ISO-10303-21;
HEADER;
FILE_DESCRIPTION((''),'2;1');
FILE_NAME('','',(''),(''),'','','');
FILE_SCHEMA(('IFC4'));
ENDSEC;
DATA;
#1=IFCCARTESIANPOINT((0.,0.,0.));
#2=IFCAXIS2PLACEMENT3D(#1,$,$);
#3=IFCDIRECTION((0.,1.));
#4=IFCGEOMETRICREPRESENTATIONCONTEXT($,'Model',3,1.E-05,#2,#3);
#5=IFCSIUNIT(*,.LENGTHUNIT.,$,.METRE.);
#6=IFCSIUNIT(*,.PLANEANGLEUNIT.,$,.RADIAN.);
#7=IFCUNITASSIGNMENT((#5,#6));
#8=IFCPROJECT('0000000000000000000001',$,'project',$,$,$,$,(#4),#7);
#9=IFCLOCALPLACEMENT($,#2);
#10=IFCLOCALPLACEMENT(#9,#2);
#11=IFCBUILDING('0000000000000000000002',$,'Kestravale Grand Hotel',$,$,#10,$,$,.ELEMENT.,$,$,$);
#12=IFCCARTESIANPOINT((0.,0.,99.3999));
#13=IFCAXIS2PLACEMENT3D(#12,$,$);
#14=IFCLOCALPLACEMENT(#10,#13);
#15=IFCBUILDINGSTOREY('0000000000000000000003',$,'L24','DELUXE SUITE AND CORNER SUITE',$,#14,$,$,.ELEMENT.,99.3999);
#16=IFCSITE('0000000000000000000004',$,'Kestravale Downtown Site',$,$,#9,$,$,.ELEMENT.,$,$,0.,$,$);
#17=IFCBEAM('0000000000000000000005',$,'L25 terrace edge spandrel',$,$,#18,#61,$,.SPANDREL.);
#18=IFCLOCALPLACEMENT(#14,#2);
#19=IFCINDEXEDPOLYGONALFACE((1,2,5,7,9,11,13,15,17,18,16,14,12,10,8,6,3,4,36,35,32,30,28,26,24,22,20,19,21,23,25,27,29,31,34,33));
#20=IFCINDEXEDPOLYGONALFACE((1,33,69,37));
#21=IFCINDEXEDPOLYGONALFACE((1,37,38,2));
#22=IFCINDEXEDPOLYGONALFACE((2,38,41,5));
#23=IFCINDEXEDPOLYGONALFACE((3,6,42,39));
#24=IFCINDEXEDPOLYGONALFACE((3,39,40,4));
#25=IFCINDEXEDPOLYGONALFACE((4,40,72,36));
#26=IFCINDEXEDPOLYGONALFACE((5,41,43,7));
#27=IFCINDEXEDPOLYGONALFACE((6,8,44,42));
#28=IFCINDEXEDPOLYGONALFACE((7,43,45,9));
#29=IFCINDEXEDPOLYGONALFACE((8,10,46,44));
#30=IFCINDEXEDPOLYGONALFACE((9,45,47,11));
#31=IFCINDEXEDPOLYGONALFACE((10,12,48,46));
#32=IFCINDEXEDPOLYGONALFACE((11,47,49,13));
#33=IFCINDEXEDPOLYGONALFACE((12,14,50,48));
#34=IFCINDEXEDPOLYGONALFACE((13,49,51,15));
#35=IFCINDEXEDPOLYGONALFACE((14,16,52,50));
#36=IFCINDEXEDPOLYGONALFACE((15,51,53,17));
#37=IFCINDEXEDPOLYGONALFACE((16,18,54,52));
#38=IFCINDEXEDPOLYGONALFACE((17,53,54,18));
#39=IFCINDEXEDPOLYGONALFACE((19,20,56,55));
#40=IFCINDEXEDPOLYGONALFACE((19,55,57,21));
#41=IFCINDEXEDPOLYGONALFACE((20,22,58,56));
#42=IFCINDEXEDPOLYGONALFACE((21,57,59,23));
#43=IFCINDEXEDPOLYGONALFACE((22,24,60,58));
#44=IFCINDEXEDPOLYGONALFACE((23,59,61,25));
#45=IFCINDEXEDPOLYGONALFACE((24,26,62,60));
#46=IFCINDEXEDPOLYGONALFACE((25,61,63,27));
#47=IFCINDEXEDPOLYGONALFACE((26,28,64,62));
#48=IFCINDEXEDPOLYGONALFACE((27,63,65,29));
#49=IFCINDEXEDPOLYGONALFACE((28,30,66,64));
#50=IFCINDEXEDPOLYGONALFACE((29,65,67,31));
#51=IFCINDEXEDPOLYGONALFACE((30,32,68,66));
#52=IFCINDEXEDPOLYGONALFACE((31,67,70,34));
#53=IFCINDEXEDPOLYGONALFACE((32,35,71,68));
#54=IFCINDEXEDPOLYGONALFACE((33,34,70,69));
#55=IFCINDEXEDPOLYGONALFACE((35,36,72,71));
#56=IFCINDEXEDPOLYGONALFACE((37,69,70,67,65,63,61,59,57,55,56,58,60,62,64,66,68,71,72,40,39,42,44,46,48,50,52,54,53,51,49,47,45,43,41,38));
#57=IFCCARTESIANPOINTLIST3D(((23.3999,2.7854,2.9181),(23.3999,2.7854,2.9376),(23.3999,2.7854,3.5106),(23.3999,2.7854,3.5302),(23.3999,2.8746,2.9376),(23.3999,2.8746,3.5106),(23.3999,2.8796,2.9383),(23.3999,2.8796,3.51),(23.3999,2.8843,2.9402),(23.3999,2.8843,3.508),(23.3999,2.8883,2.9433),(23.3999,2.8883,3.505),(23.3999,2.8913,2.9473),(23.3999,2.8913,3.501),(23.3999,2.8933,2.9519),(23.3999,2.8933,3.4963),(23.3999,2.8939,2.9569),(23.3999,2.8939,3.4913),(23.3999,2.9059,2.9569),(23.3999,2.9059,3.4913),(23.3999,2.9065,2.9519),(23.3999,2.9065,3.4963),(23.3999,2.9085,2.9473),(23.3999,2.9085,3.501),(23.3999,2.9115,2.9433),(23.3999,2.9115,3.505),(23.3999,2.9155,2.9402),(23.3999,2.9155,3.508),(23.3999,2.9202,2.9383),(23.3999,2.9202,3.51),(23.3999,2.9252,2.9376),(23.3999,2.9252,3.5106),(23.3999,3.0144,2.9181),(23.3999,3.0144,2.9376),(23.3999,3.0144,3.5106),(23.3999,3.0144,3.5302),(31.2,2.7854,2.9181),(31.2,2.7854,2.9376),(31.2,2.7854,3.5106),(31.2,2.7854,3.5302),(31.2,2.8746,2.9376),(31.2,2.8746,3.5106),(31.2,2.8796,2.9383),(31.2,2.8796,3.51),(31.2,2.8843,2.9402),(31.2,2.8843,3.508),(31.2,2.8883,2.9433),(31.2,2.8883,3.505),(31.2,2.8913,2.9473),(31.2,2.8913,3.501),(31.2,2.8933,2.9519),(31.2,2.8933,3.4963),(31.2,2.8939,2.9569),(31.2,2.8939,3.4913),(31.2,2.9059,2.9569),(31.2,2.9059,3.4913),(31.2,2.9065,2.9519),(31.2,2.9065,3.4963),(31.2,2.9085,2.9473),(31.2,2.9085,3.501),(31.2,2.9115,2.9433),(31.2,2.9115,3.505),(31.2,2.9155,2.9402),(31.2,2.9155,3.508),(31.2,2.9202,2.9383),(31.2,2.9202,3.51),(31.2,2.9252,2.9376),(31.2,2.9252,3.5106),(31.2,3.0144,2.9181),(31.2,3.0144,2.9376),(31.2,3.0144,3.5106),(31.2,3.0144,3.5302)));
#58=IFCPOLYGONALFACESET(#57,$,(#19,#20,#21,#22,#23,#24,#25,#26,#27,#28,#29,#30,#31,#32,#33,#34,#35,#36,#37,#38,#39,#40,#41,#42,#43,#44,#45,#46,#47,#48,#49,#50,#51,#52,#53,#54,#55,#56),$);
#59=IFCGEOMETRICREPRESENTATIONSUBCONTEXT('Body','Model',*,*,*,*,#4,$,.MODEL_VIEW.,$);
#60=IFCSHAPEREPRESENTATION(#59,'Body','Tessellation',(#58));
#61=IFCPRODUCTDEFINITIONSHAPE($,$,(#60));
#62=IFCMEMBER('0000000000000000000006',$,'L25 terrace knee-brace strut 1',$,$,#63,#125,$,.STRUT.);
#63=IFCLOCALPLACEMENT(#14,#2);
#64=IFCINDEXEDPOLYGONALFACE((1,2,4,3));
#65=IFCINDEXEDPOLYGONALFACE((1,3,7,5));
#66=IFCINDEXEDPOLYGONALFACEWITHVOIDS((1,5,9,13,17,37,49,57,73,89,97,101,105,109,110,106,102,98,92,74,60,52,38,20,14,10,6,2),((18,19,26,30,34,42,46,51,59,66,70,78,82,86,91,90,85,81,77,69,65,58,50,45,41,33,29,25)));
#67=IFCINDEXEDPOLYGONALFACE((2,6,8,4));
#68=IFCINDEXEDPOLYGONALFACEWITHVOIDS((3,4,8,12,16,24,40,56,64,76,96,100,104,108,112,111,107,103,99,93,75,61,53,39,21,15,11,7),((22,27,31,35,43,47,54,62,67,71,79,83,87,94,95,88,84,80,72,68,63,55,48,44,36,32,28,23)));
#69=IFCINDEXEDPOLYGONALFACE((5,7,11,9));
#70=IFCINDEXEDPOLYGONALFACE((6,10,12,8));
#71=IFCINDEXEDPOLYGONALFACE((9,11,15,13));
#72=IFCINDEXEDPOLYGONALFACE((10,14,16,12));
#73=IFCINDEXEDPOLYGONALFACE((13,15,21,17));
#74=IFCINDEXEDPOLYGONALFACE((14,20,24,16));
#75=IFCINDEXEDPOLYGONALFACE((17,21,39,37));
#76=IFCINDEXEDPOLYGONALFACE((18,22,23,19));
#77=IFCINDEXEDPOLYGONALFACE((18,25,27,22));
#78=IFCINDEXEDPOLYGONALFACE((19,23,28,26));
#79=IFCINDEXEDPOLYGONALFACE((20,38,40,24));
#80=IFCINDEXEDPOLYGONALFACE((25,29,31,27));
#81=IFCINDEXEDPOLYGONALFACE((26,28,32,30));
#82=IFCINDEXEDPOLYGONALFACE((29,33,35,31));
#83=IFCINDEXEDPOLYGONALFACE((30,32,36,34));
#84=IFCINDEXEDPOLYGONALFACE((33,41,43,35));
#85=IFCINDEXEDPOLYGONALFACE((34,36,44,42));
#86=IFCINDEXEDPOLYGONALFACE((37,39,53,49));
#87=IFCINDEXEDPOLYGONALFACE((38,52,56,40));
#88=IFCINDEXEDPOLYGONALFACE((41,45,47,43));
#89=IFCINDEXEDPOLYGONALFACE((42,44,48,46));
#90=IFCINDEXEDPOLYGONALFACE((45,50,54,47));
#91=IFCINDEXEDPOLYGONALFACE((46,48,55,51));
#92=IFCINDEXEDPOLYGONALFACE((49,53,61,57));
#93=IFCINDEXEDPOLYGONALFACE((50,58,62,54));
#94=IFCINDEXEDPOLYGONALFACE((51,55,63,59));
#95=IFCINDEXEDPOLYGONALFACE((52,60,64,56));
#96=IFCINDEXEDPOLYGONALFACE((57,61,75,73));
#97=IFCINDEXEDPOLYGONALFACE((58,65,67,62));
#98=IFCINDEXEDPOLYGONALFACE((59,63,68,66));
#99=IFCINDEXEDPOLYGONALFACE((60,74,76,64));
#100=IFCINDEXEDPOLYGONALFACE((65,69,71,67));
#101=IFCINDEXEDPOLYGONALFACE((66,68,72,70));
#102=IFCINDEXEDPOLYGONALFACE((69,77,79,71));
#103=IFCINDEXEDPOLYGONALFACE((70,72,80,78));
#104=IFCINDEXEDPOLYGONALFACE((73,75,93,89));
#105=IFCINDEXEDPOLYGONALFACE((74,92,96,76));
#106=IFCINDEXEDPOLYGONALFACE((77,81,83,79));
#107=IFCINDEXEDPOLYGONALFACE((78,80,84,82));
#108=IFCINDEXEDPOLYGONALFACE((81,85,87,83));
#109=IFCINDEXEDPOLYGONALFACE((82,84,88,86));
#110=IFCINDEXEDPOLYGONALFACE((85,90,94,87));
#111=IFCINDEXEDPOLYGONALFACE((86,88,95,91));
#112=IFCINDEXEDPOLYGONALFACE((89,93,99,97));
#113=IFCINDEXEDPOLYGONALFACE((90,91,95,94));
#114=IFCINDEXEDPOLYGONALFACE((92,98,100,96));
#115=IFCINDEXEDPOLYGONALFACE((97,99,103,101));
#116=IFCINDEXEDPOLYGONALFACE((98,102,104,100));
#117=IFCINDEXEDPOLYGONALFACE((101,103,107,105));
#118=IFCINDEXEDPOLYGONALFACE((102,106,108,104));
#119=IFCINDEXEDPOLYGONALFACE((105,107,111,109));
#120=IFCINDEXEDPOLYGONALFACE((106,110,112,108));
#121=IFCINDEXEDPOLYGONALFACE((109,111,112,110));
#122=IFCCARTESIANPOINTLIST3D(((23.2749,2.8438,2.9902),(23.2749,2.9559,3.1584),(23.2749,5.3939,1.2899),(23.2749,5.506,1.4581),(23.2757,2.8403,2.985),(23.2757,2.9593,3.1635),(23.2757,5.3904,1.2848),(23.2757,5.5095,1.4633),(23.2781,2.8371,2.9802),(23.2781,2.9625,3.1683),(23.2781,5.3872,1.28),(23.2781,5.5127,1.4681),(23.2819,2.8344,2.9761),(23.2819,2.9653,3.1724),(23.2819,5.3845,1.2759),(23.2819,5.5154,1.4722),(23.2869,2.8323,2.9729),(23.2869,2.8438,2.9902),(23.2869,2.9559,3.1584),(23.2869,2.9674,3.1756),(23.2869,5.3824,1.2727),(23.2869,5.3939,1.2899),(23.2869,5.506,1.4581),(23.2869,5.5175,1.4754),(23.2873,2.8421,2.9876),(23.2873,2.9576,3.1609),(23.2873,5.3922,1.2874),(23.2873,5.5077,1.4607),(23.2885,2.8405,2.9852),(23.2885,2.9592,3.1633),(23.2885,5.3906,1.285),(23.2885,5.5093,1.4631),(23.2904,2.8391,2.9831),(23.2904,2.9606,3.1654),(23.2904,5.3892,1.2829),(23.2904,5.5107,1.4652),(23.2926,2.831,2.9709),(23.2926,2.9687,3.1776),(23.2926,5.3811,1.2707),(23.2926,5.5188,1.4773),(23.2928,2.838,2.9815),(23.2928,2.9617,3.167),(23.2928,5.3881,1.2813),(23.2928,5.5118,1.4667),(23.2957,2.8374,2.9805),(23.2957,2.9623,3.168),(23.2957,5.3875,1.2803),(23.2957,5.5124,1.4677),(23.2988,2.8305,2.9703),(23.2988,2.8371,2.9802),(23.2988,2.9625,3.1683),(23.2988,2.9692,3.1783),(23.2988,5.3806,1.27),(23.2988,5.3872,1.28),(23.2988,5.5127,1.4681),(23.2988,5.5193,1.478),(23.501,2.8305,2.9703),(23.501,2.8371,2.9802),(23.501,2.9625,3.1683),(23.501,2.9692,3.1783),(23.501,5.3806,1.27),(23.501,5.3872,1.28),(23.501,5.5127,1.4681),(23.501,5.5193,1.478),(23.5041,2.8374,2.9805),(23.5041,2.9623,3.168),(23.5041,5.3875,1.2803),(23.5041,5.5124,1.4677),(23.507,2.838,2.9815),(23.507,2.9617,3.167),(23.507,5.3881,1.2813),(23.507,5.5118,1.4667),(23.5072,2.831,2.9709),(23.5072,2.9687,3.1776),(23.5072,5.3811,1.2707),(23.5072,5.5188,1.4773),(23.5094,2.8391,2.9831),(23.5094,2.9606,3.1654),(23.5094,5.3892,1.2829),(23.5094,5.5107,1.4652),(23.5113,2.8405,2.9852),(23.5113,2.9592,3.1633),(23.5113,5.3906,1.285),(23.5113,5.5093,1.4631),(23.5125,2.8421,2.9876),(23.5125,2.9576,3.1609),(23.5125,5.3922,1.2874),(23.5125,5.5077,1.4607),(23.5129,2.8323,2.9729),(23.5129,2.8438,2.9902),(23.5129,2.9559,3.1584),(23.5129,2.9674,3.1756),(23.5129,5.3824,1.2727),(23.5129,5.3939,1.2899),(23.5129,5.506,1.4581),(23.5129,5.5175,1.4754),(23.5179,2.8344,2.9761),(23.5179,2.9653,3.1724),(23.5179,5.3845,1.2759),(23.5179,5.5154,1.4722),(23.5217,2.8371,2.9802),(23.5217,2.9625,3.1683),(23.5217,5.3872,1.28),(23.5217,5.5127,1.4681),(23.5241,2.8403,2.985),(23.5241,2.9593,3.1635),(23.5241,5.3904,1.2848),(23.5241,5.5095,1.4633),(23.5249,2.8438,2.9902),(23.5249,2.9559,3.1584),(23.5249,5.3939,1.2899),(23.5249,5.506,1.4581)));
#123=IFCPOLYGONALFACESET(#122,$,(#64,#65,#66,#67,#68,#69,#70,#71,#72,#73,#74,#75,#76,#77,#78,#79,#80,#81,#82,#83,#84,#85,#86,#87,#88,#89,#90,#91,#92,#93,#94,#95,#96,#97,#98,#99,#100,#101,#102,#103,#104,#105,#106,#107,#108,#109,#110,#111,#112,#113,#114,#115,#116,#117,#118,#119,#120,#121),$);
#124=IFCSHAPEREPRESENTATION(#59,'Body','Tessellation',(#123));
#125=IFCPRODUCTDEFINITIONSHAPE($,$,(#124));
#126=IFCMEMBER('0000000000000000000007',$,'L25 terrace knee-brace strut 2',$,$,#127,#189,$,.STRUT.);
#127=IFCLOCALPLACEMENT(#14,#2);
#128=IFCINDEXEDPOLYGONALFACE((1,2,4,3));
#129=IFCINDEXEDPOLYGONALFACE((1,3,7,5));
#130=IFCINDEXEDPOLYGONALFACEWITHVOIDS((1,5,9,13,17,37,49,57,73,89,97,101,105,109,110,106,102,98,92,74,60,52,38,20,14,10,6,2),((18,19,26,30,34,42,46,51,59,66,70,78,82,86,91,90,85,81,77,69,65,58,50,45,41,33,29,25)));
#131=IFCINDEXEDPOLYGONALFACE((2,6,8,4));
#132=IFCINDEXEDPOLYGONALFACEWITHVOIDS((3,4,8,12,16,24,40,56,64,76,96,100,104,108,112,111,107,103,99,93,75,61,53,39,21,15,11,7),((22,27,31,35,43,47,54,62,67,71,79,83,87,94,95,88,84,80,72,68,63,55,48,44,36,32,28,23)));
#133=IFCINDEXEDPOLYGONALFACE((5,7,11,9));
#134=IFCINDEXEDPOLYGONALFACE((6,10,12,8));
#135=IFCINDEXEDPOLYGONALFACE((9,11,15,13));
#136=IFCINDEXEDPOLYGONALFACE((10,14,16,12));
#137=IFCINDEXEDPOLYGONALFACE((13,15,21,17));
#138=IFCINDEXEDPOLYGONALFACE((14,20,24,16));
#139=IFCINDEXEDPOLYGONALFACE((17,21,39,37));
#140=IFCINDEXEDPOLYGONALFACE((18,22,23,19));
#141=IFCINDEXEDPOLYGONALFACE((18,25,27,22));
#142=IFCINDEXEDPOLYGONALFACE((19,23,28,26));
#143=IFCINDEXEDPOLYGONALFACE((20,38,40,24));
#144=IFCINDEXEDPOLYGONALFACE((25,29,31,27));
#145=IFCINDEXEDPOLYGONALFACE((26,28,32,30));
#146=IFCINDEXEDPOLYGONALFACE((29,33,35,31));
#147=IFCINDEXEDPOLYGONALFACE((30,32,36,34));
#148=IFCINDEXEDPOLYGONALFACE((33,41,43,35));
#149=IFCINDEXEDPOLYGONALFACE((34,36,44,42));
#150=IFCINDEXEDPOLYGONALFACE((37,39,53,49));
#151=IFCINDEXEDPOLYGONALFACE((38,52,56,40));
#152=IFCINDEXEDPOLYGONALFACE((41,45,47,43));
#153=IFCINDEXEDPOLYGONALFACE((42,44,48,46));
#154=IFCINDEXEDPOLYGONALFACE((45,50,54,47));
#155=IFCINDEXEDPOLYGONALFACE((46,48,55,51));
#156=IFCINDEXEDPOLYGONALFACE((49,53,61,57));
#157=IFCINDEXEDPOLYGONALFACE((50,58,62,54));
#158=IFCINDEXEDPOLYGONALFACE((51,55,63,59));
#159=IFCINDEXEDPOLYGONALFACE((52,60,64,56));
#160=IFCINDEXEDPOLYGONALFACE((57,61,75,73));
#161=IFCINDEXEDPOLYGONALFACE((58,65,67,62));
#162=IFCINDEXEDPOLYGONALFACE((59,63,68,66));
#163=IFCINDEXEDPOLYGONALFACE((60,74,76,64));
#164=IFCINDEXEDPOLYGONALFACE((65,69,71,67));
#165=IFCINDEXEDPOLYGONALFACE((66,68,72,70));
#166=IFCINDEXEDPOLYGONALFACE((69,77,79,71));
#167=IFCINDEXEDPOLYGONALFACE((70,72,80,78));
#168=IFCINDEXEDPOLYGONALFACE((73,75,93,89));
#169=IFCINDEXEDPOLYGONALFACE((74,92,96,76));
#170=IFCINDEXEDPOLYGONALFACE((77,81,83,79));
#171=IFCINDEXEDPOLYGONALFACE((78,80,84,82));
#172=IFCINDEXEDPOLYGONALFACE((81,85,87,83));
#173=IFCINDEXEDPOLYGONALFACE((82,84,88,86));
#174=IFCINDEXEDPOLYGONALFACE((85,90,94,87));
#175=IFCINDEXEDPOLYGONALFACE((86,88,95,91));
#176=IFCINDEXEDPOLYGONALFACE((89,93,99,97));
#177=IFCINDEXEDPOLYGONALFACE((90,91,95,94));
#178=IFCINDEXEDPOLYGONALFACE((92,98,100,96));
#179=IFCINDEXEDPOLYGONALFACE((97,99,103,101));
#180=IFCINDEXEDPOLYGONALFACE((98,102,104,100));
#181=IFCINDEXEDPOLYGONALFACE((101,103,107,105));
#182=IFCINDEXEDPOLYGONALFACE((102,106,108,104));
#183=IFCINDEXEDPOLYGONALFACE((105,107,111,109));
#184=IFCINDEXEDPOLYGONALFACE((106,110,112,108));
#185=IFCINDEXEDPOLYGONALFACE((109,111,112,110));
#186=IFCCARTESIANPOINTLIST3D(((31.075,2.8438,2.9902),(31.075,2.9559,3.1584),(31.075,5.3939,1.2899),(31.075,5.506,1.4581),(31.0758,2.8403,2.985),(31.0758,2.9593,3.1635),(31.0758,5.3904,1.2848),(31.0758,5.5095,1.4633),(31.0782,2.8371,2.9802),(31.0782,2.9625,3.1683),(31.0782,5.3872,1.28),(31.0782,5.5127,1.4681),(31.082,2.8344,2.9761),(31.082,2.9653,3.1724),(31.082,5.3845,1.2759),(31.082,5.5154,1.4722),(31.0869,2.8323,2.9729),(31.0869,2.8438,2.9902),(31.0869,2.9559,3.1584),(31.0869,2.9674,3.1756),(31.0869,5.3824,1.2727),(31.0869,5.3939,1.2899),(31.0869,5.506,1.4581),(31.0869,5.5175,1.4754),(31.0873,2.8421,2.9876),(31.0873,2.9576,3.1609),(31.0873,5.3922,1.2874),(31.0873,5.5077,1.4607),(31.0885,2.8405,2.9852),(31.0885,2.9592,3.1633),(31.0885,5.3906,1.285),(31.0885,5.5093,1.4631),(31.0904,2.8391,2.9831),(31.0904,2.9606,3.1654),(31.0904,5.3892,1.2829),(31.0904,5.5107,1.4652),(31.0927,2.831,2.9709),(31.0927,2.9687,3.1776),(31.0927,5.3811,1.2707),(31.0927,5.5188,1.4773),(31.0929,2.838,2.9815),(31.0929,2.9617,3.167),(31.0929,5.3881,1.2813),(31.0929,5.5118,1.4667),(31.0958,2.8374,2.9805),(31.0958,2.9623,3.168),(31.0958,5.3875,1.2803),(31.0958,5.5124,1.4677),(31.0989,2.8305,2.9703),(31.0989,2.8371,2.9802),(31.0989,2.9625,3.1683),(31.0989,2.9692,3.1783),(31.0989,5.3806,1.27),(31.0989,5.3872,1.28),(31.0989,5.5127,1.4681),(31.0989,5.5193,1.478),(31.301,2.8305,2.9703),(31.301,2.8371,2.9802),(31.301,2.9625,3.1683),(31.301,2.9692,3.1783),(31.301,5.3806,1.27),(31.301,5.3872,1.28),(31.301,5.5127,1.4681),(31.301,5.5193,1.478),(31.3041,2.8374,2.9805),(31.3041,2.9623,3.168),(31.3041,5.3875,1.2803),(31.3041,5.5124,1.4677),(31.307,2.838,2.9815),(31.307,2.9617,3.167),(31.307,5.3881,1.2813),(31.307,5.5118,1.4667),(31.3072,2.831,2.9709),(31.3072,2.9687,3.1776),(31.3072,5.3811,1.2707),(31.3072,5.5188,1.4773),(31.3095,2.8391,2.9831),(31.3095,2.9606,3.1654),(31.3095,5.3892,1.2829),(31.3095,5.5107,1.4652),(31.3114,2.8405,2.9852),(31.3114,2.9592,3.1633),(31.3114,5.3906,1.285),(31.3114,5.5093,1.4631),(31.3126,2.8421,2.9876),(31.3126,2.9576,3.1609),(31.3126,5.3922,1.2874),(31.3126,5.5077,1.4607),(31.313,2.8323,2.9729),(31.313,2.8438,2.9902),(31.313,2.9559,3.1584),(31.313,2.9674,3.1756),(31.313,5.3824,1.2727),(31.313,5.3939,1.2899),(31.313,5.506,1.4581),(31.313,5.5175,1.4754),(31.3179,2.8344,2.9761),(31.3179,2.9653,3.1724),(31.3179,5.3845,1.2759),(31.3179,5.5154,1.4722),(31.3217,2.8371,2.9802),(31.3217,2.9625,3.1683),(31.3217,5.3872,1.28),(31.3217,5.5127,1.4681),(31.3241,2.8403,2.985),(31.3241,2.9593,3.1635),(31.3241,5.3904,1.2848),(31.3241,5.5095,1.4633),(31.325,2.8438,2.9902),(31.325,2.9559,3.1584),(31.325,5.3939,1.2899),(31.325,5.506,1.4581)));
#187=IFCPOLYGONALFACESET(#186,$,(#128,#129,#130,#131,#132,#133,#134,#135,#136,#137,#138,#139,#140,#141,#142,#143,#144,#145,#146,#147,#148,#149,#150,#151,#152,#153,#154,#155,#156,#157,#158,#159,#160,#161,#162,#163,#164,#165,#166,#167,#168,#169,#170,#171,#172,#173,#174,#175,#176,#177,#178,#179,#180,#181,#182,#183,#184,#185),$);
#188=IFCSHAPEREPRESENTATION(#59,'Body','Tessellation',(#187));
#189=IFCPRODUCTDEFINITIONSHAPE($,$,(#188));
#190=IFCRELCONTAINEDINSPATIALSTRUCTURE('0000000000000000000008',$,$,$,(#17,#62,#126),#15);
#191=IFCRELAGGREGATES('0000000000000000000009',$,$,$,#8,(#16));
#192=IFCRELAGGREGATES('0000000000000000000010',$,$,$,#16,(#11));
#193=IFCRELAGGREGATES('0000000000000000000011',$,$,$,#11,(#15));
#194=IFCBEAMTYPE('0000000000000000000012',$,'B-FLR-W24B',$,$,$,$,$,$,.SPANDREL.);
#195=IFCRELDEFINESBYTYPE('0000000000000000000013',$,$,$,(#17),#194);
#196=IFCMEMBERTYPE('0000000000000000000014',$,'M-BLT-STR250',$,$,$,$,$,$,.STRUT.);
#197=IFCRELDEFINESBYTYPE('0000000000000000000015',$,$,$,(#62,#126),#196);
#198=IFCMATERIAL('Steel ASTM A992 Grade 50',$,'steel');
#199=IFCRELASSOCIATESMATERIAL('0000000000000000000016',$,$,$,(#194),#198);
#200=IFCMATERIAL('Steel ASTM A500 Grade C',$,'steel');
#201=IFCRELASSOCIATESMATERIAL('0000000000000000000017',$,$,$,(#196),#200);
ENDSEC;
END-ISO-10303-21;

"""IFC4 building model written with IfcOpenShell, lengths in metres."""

from ifc_helpers import new_model, si_unit, direction, frame, origin, origin_2d, place, context, subcontext, project, spatial, hollow_rectangle, i_section, extrude, material, material_profile, profile_set, type_object, element, save


model = new_model("IFC4")

# Units and contexts
model_context = context("Model", 3, precision=1e-05, world=origin(), true_north=direction((0.0, 1.0)))
body_context = subcontext(model_context, "Body", "Model", "MODEL_VIEW")
ifc_project = project(units=[si_unit("LENGTHUNIT", "METRE"), si_unit("PLANEANGLEUNIT", "RADIAN")], contexts=[model_context])

# Site, building, storey
site_placement = place(None, origin())
site = spatial("IfcSite", under=ifc_project, at=site_placement, Name="Kestravale Downtown Site", CompositionType="ELEMENT", RefElevation=0.0)
building_placement = place(site_placement, origin())
building = spatial("IfcBuilding", under=site, at=building_placement, Name="Kestravale Grand Hotel", CompositionType="ELEMENT")
storey_placement = place(building_placement, frame((0.0, 0.0, 99.3999)))
storey = spatial("IfcBuildingStorey", under=building, at=storey_placement, Name="L24", Description="DELUXE SUITE AND CORNER SUITE", CompositionType="ELEMENT", Elevation=99.3999)

# Beam
ifc_material_1 = material(Name="Steel ASTM A992 Grade 50", Category="steel")
ifc_material_profile_1 = material_profile(ifc_material_1, i_section(OverallWidth=0.229, OverallDepth=0.6121, WebThickness=0.012, FlangeThickness=0.0195, FilletRadius=0.0193, at=origin_2d()))
ifc_profile_set_1 = profile_set([ifc_material_profile_1], Name="Steel ASTM A992 Grade 50")
beam_type_1 = type_object("IfcBeamType", Name="B-FLR-W24B", PredefinedType="SPANDREL", material=ifc_profile_set_1)
beam_1_placement = place(storey_placement, frame((23.3999, 2.8999, 3.2241), z_axis=(1.0, 0.0, 0.0), x_axis=(0.0, 1.0, 0.0)))
element("IfcBeam", 1, at=beam_1_placement, inside=storey, type_object=beam_type_1, Name="L25 terrace edge spandrel", PredefinedType="SPANDREL", context=body_context, shape_type="SweptSolid", body=[
    extrude(i_section(OverallWidth=0.229, OverallDepth=0.6121, WebThickness=0.012, FlangeThickness=0.0195, FilletRadius=0.0193, at=origin_2d()), origin(), (0.0, 0.0, 1.0), 7.8),
])

# Members
ifc_material_2 = material(Name="Steel ASTM A500 Grade C", Category="steel")
ifc_material_profile_2 = material_profile(ifc_material_2, hollow_rectangle(XDim=0.25, YDim=0.25, WallThickness=0.012, InnerFilletRadius=0.012, OuterFilletRadius=0.0239, at=origin_2d()))
ifc_profile_set_2 = profile_set([ifc_material_profile_2], Name="Steel ASTM A500 Grade C")
member_type = type_object("IfcMemberType", Name="M-BLT-STR250", PredefinedType="STRUT", material=ifc_profile_set_2)
for number, where, z_axis, x_axis, name in (
    (2, (23.3999, 5.45, 1.374), (0.0, -0.832026, 0.554737), (1.0, 0.0, 0.0), "L25 terrace knee-brace strut 1"),
    (3, (31.2, 5.45, 1.374), (0.0, -0.832026, 0.554737), (1.0, 0.0, 0.0), "L25 terrace knee-brace strut 2"),
):
    element("IfcMember", number, at=place(storey_placement, frame(where, z_axis=z_axis, x_axis=x_axis)), inside=storey, type_object=member_type, Name=name, PredefinedType="STRUT", context=body_context, shape_type="SweptSolid", body=[
        extrude(hollow_rectangle(XDim=0.25, YDim=0.25, WallThickness=0.012, InnerFilletRadius=0.012, OuterFilletRadius=0.0239, at=origin_2d()), origin(), (0.0, 0.0, 1.0), 3.0649),
    ])

save(model, "model.ifc")
